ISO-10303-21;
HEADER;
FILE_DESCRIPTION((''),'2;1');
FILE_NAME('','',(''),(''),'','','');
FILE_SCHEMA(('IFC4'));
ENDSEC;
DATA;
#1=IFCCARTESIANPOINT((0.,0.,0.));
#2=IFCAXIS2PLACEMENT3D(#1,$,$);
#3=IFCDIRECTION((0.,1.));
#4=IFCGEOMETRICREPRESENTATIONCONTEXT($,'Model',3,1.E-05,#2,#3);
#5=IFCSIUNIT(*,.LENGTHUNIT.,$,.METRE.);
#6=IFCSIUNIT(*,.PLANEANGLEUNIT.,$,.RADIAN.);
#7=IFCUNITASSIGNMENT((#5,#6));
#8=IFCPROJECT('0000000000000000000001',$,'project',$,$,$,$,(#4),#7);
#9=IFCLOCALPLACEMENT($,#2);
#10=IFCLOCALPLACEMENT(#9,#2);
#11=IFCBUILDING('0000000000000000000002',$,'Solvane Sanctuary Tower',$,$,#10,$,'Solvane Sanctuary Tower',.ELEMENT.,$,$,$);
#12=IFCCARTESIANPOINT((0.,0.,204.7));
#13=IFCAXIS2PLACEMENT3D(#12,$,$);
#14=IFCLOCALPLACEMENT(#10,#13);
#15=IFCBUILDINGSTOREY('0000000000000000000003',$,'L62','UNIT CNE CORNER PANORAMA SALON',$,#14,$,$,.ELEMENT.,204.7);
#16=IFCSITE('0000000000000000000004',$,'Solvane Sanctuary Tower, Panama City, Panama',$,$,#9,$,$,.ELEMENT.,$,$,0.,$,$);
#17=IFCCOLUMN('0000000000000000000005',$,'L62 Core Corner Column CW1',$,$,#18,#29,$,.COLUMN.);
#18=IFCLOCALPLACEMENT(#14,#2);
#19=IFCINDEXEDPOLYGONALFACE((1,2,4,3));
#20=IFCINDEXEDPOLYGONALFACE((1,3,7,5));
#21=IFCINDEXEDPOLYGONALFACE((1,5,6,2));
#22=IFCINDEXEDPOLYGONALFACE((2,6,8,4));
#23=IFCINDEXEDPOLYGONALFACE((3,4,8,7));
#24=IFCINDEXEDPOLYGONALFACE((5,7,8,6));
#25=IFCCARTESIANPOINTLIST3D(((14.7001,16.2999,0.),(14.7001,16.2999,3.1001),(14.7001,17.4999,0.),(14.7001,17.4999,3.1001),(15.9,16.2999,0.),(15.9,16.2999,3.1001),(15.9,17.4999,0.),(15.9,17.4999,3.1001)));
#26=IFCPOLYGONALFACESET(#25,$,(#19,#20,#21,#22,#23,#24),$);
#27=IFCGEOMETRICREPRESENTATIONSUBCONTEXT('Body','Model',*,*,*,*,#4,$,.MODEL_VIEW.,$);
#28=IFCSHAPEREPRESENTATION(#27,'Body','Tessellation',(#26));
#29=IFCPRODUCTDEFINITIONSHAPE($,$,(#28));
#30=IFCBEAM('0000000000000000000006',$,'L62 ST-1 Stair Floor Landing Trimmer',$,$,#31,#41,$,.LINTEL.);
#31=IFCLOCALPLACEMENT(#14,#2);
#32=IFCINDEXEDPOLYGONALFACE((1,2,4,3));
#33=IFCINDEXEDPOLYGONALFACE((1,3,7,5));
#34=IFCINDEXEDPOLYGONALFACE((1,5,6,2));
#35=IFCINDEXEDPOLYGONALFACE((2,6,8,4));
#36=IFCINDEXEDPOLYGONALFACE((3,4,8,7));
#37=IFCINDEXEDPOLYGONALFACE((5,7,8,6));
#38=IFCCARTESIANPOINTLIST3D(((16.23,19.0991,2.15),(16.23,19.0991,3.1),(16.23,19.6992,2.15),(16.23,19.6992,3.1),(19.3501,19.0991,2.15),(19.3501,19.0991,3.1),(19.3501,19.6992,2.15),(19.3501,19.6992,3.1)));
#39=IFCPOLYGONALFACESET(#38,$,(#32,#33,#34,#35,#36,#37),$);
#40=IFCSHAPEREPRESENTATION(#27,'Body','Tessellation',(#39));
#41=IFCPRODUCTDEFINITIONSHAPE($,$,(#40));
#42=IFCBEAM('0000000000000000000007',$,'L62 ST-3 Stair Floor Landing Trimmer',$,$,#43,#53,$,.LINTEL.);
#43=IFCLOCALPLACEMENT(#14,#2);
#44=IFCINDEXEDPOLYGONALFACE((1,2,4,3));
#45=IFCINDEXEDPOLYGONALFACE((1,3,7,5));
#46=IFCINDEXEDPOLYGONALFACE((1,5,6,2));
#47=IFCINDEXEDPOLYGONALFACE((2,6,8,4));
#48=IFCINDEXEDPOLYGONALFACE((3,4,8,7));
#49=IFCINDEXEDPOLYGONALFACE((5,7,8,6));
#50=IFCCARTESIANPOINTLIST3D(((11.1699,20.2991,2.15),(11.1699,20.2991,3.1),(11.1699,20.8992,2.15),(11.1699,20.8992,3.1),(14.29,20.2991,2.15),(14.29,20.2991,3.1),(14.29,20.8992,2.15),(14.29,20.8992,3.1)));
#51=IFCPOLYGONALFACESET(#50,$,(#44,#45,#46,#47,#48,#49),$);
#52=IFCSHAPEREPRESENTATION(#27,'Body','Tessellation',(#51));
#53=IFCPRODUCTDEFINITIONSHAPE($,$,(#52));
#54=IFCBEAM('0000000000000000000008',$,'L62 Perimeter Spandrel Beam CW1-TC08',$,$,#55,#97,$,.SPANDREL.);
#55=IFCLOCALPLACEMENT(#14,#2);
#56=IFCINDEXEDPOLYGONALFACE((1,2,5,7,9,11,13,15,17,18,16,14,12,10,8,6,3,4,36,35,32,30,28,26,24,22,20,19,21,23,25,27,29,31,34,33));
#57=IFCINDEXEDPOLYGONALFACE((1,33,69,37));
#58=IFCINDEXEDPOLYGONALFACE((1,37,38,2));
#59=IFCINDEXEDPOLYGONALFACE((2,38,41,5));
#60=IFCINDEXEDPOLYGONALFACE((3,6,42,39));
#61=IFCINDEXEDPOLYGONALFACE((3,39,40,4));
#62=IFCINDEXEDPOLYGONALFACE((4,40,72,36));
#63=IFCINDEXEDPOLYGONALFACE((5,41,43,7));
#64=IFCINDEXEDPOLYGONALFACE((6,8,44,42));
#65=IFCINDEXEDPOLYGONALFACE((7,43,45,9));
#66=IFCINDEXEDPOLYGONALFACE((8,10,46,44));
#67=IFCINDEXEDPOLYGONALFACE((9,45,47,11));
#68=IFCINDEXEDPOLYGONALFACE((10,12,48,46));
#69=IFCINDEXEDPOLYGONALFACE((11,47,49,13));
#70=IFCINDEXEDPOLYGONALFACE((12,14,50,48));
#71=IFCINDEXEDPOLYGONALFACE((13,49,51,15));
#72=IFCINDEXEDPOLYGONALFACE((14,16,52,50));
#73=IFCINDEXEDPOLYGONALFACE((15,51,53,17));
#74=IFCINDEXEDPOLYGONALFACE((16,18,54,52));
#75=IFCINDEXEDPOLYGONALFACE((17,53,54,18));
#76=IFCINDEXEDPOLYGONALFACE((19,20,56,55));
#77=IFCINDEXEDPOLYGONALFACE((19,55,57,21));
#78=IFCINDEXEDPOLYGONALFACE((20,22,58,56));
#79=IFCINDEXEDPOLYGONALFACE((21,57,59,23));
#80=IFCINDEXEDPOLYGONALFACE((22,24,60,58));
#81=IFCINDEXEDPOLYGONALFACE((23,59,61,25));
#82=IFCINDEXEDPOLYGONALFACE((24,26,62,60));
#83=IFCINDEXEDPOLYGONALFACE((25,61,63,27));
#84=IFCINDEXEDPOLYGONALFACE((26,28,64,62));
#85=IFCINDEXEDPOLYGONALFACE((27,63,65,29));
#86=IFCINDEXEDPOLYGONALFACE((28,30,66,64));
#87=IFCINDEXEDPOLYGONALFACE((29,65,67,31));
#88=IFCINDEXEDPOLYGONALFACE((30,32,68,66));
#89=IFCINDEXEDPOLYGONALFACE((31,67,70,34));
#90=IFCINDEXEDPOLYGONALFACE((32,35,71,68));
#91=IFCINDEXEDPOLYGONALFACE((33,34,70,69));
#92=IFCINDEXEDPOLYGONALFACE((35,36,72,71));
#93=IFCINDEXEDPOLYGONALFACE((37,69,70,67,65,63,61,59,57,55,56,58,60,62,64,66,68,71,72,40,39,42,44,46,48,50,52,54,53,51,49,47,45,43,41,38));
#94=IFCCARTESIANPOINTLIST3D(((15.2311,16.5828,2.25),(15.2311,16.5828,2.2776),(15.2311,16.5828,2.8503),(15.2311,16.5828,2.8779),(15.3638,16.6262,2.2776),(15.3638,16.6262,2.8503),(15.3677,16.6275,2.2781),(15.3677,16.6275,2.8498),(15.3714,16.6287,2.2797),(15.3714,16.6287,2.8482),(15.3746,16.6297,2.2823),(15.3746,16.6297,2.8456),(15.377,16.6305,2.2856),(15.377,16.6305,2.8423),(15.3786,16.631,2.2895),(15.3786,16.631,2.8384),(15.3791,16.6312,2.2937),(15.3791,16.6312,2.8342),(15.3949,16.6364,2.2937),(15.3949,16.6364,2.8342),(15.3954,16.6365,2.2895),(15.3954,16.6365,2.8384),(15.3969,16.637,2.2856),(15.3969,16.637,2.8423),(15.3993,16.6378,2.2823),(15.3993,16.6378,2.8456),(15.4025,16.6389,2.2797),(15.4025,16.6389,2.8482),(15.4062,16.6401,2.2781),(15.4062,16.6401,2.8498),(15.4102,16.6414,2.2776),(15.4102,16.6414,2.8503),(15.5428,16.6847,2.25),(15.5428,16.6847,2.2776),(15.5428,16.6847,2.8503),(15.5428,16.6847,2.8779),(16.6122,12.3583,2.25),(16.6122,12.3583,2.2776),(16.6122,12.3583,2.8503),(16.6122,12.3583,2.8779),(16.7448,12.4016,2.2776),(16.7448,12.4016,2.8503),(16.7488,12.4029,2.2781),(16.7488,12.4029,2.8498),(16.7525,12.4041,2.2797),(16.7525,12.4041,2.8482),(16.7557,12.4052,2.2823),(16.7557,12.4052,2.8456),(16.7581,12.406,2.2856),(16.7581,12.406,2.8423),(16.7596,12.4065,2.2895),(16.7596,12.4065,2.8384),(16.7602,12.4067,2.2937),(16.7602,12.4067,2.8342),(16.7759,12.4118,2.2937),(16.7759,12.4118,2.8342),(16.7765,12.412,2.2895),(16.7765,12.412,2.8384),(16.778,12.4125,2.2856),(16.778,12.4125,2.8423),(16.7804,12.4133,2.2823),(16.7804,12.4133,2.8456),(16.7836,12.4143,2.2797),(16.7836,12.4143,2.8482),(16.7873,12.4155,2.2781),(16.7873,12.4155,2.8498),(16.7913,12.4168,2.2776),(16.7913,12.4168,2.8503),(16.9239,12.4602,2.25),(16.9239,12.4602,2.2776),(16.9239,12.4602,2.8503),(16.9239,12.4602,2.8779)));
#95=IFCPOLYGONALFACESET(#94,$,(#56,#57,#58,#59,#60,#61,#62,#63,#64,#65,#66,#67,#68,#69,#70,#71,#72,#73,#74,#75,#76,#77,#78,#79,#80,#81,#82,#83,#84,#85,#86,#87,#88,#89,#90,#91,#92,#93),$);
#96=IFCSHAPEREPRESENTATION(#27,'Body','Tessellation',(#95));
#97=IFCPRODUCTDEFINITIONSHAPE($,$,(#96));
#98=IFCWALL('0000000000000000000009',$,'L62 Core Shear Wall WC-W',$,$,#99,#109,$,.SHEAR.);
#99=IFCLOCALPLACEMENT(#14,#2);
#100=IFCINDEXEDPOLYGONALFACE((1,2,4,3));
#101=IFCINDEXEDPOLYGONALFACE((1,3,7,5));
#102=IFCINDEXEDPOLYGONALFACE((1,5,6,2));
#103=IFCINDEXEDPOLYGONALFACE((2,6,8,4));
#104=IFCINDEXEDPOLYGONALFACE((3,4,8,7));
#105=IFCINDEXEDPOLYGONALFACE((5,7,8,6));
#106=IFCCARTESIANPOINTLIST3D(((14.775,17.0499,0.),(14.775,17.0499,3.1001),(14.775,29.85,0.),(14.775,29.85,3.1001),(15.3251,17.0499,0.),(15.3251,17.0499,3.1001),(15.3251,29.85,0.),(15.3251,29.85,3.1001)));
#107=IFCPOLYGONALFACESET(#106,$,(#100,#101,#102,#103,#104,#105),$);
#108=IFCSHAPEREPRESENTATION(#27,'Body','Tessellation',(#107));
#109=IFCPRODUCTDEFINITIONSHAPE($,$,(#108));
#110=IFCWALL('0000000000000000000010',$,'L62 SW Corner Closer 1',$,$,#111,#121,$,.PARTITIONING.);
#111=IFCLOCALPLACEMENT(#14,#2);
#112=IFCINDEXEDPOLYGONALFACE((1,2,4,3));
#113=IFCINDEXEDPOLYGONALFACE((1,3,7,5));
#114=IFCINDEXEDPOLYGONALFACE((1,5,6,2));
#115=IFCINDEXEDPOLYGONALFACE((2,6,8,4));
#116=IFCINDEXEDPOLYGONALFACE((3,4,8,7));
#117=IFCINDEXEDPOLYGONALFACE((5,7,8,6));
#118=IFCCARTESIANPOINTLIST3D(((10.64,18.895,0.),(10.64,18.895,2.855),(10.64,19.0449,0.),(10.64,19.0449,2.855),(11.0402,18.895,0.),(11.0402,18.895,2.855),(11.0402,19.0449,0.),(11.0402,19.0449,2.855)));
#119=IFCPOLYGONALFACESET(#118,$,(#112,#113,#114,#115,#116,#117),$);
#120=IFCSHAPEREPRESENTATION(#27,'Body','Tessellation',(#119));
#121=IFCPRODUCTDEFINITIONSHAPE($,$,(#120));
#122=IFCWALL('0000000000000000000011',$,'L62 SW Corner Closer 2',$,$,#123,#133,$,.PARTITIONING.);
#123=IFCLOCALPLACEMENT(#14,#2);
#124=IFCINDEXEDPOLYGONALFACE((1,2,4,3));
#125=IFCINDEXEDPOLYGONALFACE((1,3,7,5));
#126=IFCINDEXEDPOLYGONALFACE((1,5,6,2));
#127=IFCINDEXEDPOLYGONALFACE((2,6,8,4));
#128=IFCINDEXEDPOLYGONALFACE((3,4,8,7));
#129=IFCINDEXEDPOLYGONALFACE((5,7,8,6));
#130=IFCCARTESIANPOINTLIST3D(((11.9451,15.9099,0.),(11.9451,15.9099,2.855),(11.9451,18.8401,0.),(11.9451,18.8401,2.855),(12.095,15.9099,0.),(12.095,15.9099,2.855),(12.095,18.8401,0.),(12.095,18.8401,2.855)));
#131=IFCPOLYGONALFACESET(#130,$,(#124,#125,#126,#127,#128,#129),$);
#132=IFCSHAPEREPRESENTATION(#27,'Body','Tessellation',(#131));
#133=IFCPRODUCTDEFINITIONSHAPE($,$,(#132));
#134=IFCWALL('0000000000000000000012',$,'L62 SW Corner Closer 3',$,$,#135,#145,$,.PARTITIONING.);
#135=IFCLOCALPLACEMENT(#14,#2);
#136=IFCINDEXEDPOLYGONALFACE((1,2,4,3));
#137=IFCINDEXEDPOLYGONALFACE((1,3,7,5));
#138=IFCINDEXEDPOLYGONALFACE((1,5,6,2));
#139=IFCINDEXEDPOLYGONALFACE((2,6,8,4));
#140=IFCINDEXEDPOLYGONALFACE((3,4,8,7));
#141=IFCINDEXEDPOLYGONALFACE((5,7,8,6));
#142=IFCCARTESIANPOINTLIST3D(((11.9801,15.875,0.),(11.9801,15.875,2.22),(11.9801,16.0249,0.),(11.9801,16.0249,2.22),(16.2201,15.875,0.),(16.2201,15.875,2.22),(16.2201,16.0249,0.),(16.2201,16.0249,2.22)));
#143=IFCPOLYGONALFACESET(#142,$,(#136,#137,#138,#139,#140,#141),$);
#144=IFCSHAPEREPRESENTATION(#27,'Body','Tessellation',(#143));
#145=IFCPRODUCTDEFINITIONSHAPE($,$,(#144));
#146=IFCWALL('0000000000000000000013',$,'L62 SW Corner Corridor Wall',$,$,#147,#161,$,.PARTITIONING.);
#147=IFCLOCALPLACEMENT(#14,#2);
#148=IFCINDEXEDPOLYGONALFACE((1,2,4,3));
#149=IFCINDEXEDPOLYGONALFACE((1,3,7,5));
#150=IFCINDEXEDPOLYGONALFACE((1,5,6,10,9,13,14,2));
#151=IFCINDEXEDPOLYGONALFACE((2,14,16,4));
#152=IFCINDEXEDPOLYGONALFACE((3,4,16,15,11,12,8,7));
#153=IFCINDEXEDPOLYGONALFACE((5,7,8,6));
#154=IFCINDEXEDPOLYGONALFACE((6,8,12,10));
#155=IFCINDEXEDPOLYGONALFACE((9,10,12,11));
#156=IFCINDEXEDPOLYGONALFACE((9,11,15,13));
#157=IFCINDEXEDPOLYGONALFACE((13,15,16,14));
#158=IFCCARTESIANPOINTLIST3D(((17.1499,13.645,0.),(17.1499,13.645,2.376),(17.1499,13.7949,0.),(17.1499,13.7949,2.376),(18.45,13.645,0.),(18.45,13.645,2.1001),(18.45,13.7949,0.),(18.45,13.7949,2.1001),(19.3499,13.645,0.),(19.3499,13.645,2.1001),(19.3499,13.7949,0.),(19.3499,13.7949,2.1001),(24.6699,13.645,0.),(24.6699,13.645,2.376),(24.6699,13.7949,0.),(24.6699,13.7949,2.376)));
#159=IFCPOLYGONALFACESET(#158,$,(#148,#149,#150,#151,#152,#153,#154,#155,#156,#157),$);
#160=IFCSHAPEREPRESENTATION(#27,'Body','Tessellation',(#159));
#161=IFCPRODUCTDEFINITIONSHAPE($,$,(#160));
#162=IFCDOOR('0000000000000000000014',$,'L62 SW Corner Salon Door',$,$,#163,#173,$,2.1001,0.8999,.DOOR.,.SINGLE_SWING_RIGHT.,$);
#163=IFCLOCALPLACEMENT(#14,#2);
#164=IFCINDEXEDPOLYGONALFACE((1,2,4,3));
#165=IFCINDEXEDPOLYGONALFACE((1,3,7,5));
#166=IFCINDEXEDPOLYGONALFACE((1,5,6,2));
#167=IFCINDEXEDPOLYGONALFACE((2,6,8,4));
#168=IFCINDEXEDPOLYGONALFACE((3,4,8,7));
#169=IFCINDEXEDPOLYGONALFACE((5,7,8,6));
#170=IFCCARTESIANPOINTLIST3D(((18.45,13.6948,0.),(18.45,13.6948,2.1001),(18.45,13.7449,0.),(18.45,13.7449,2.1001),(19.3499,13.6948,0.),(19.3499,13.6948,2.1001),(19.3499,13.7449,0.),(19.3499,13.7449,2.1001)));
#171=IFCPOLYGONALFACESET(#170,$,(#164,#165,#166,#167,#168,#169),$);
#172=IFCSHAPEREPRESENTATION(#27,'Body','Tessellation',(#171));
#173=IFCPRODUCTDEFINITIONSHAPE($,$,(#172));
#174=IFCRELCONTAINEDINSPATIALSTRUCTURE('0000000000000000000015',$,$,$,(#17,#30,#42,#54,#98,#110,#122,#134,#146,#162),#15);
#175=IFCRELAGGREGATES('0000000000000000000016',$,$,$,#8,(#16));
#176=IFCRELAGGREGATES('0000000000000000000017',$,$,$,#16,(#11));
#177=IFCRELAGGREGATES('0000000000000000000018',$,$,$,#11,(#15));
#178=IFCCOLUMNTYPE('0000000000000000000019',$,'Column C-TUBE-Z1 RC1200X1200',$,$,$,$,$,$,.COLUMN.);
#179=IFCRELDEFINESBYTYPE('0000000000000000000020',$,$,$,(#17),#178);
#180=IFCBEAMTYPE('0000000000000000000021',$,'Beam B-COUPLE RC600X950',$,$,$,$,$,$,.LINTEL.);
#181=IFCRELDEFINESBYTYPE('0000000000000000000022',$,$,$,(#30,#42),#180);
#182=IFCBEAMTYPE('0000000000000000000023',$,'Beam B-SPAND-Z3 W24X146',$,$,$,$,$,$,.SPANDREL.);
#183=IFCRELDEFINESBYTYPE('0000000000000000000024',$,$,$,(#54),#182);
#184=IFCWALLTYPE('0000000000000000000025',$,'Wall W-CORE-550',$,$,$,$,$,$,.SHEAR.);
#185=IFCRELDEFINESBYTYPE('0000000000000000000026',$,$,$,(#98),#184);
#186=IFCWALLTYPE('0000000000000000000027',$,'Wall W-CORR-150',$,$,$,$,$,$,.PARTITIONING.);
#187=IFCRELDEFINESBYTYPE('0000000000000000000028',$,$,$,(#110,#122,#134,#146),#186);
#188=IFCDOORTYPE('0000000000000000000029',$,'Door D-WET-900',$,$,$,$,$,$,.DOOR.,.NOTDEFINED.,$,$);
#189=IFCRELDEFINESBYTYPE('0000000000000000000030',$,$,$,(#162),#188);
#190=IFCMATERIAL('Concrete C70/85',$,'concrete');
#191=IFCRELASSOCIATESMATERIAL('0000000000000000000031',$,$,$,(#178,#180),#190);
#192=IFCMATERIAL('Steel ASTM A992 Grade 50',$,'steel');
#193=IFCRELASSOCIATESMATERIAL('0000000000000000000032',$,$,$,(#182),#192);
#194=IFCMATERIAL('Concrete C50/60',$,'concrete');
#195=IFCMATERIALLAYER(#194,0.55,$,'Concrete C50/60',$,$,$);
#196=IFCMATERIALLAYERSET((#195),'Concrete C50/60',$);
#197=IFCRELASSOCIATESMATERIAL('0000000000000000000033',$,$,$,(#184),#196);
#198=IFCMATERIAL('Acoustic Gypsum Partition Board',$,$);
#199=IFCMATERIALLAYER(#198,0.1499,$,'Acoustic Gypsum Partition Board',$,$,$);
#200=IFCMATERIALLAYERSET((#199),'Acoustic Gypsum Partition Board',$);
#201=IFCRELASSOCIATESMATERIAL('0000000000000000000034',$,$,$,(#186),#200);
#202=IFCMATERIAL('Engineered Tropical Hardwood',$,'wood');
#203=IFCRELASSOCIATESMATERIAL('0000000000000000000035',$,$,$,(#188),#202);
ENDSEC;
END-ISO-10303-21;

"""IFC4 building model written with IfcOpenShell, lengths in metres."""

from ifc_helpers import new_model, si_unit, direction, frame, frame_2d, origin, origin_2d, place, context, subcontext, project, spatial, rectangle, i_section, extrude, material, layer, layer_set, material_profile, profile_set, type_object, element, fill, save


model = new_model("IFC4")

# Units and contexts
model_context = context("Model", 3, precision=1e-05, world=origin(), true_north=direction((0.0, 1.0)))
body_context = subcontext(model_context, "Body", "Model", "MODEL_VIEW")
ifc_project = project(units=[si_unit("LENGTHUNIT", "METRE"), si_unit("PLANEANGLEUNIT", "RADIAN")], contexts=[model_context])

# Site, building, storey
site_placement = place(None, origin())
site = spatial("IfcSite", under=ifc_project, at=site_placement, Name="Solvane Sanctuary Tower, Panama City, Panama", CompositionType="ELEMENT", RefElevation=0.0)
building_placement = place(site_placement, origin())
building = spatial("IfcBuilding", under=site, at=building_placement, Name="Solvane Sanctuary Tower", LongName="Solvane Sanctuary Tower", CompositionType="ELEMENT")
storey_placement = place(building_placement, frame((0.0, 0.0, 204.7)))
storey = spatial("IfcBuildingStorey", under=building, at=storey_placement, Name="L62", Description="UNIT CNE CORNER PANORAMA SALON", CompositionType="ELEMENT", Elevation=204.7)

# Column
ifc_material_1 = material(Name="Concrete C70/85", Category="concrete")
ifc_material_profile_1 = material_profile(ifc_material_1, rectangle(XDim=1.2, YDim=1.2, at=origin_2d()), Name="RC1200X1200")
ifc_profile_set_1 = profile_set([ifc_material_profile_1], Name="Concrete C70/85")
column_type = type_object("IfcColumnType", Name="Column C-TUBE-Z1 RC1200X1200", PredefinedType="COLUMN", material=ifc_profile_set_1)
column_placement = place(storey_placement, frame((15.3, 16.8999, 0.0), z_axis=(0.0, 0.0, 1.0), x_axis=(1.0, 0.0, 0.0)))
element("IfcColumn", 1, at=column_placement, inside=storey, type_object=column_type, Name="L62 Core Corner Column CW1", PredefinedType="COLUMN", context=body_context, shape_type="SweptSolid", body=[
    extrude(rectangle(XDim=1.2, YDim=1.2, at=origin_2d()), origin(), (0.0, 0.0, 1.0), 3.1001),
])

# Beams
ifc_material_profile_2 = material_profile(ifc_material_1, rectangle(XDim=0.6001, YDim=0.95, at=origin_2d()), Name="RC600X950")
ifc_profile_set_2 = profile_set([ifc_material_profile_2], Name="Concrete C70/85")
beam_type_1 = type_object("IfcBeamType", Name="Beam B-COUPLE RC600X950", PredefinedType="LINTEL", material=ifc_profile_set_2)
for number, where, z_axis, x_axis, name in (
    (2, (16.23, 19.3992, 2.625), (1.0, 0.0, 0.0), (0.0, 1.0, 0.0), "L62 ST-1 Stair Floor Landing Trimmer"),
    (3, (11.1699, 20.5991, 2.625), (1.0, 0.0, 0.0), (0.0, 1.0, 0.0), "L62 ST-3 Stair Floor Landing Trimmer"),
):
    element("IfcBeam", number, at=place(storey_placement, frame(where, z_axis=z_axis, x_axis=x_axis)), inside=storey, type_object=beam_type_1, Name=name, PredefinedType="LINTEL", context=body_context, shape_type="SweptSolid", body=[
        extrude(rectangle(XDim=0.6001, YDim=0.95, at=origin_2d()), origin(), (0.0, 0.0, 1.0), 3.1201),
    ])
ifc_material_2 = material(Name="Steel ASTM A992 Grade 50", Category="steel")
ifc_material_profile_3 = material_profile(ifc_material_2, i_section(OverallWidth=0.3279, OverallDepth=0.6279, WebThickness=0.0166, FlangeThickness=0.0276, FilletRadius=0.0161, at=origin_2d()), Name="W24X146")
ifc_profile_set_3 = profile_set([ifc_material_profile_3], Name="Steel ASTM A992 Grade 50")
beam_type_2 = type_object("IfcBeamType", Name="Beam B-SPAND-Z3 W24X146", PredefinedType="SPANDREL", material=ifc_profile_set_3)
beam_placement = place(storey_placement, frame((15.387, 16.6338, 2.564), z_axis=(0.310735, -0.950497, 0.0), x_axis=(0.950497, 0.310735, 0.0)))
element("IfcBeam", 4, at=beam_placement, inside=storey, type_object=beam_type_2, Name="L62 Perimeter Spandrel Beam CW1-TC08", PredefinedType="SPANDREL", context=body_context, shape_type="SweptSolid", body=[
    extrude(i_section(OverallWidth=0.3279, OverallDepth=0.6279, WebThickness=0.0166, FlangeThickness=0.0276, FilletRadius=0.0161, at=origin_2d()), origin(), (0.0, 0.0, 1.0), 4.4446),
])

# Walls
ifc_material_3 = material(Name="Concrete C50/60", Category="concrete")
ifc_layer_1 = layer(ifc_material_3, 0.55, Name="Concrete C50/60")
ifc_layer_set_1 = layer_set([ifc_layer_1], Name="Concrete C50/60")
wall_type_1 = type_object("IfcWallType", Name="Wall W-CORE-550", PredefinedType="SHEAR", material=ifc_layer_set_1)
wall_1_placement = place(storey_placement, frame((15.05, 17.05, 0.0), z_axis=(0.0, 0.0, 1.0), x_axis=(0.0, 1.0, 0.0)))
element("IfcWall", 5, at=wall_1_placement, inside=storey, type_object=wall_type_1, Name="L62 Core Shear Wall WC-W", PredefinedType="SHEAR", context=body_context, shape_type="SweptSolid", body=[
    extrude(rectangle(XDim=12.8, YDim=0.55, at=frame_2d((6.3999, 0.0))), origin(), (0.0, 0.0, 1.0), 3.1001),
])
ifc_material_4 = material(Name="Acoustic Gypsum Partition Board")
ifc_layer_2 = layer(ifc_material_4, 0.1499, Name="Acoustic Gypsum Partition Board")
ifc_layer_set_2 = layer_set([ifc_layer_2], Name="Acoustic Gypsum Partition Board")
wall_type_2 = type_object("IfcWallType", Name="Wall W-CORR-150", PredefinedType="PARTITIONING", material=ifc_layer_set_2)
wall_2_placement = place(storey_placement, frame((10.6399, 18.97, 0.0), z_axis=(0.0, 0.0, 1.0), x_axis=(1.0, 0.0, 0.0)))
element("IfcWall", 6, at=wall_2_placement, inside=storey, type_object=wall_type_2, Name="L62 SW Corner Closer 1", PredefinedType="PARTITIONING", context=body_context, shape_type="SweptSolid", body=[
    extrude(rectangle(XDim=0.4001, YDim=0.1499, at=frame_2d((0.2002, 0.0))), origin(), (0.0, 0.0, 1.0), 2.855),
])
wall_3_placement = place(storey_placement, frame((12.02, 15.9099, 0.0), z_axis=(0.0, 0.0, 1.0), x_axis=(0.0, 1.0, 0.0)))
element("IfcWall", 7, at=wall_3_placement, inside=storey, type_object=wall_type_2, Name="L62 SW Corner Closer 2", PredefinedType="PARTITIONING", context=body_context, shape_type="SweptSolid", body=[
    extrude(rectangle(XDim=2.9302, YDim=0.1499, at=frame_2d((1.4651, 0.0))), origin(), (0.0, 0.0, 1.0), 2.855),
])
wall_4_placement = place(storey_placement, frame((11.98, 15.95, 0.0), z_axis=(0.0, 0.0, 1.0), x_axis=(1.0, 0.0, 0.0)))
element("IfcWall", 8, at=wall_4_placement, inside=storey, type_object=wall_type_2, Name="L62 SW Corner Closer 3", PredefinedType="PARTITIONING", context=body_context, shape_type="SweptSolid", body=[
    extrude(rectangle(XDim=4.24, YDim=0.1499, at=frame_2d((2.1201, 0.0))), origin(), (0.0, 0.0, 1.0), 2.22),
])

# Wall, opening, door
wall_5_placement = place(storey_placement, frame((17.1499, 13.72, 0.0), z_axis=(0.0, 0.0, 1.0), x_axis=(1.0, 0.0, 0.0)))
wall_5 = element("IfcWall", 9, at=wall_5_placement, inside=storey, type_object=wall_type_2, Name="L62 SW Corner Corridor Wall", PredefinedType="PARTITIONING", context=body_context, shape_type="SweptSolid", body=[
    extrude(rectangle(XDim=7.52, YDim=0.1499, at=frame_2d((3.76, 0.0))), origin(), (0.0, 0.0, 1.0), 2.376),
])
opening_1_placement = place(wall_5_placement, frame((1.3, 0.0, 0.0)))
opening_1 = element("IfcOpeningElement", 10, at=opening_1_placement, cuts=wall_5, PredefinedType="OPENING", context=body_context, shape_type="SweptSolid", body=[
    extrude(rectangle(XDim=0.8999, YDim=2.1001, at=frame_2d((0.45, 1.05))), frame((0.0, 0.085, 0.0), z_axis=(0.0, -1.0, 0.0), x_axis=(1.0, 0.0, 0.0)), (0.0, 0.0, 1.0), 0.1699),
])
ifc_material_5 = material(Name="Engineered Tropical Hardwood", Category="wood")
door_type_1 = type_object("IfcDoorType", Name="Door D-WET-900", OperationType="NOTDEFINED", PredefinedType="DOOR", material=ifc_material_5)
door_1_placement = place(opening_1_placement, origin())
door_1 = element("IfcDoor", 11, at=door_1_placement, inside=storey, type_object=door_type_1, Name="L62 SW Corner Salon Door", OperationType="SINGLE_SWING_RIGHT", OverallHeight=2.1001, OverallWidth=0.8999, PredefinedType="DOOR", context=body_context, shape_type="SweptSolid", body=[
    extrude(rectangle(XDim=0.8999, YDim=2.1001, at=frame_2d((0.45, 1.05))), frame((0.0, 0.0249, 0.0), z_axis=(0.0, -1.0, 0.0), x_axis=(1.0, 0.0, 0.0)), (0.0, 0.0, 1.0), 0.05),
])
fill(opening_1, door_1)

save(model, "model.ifc")
